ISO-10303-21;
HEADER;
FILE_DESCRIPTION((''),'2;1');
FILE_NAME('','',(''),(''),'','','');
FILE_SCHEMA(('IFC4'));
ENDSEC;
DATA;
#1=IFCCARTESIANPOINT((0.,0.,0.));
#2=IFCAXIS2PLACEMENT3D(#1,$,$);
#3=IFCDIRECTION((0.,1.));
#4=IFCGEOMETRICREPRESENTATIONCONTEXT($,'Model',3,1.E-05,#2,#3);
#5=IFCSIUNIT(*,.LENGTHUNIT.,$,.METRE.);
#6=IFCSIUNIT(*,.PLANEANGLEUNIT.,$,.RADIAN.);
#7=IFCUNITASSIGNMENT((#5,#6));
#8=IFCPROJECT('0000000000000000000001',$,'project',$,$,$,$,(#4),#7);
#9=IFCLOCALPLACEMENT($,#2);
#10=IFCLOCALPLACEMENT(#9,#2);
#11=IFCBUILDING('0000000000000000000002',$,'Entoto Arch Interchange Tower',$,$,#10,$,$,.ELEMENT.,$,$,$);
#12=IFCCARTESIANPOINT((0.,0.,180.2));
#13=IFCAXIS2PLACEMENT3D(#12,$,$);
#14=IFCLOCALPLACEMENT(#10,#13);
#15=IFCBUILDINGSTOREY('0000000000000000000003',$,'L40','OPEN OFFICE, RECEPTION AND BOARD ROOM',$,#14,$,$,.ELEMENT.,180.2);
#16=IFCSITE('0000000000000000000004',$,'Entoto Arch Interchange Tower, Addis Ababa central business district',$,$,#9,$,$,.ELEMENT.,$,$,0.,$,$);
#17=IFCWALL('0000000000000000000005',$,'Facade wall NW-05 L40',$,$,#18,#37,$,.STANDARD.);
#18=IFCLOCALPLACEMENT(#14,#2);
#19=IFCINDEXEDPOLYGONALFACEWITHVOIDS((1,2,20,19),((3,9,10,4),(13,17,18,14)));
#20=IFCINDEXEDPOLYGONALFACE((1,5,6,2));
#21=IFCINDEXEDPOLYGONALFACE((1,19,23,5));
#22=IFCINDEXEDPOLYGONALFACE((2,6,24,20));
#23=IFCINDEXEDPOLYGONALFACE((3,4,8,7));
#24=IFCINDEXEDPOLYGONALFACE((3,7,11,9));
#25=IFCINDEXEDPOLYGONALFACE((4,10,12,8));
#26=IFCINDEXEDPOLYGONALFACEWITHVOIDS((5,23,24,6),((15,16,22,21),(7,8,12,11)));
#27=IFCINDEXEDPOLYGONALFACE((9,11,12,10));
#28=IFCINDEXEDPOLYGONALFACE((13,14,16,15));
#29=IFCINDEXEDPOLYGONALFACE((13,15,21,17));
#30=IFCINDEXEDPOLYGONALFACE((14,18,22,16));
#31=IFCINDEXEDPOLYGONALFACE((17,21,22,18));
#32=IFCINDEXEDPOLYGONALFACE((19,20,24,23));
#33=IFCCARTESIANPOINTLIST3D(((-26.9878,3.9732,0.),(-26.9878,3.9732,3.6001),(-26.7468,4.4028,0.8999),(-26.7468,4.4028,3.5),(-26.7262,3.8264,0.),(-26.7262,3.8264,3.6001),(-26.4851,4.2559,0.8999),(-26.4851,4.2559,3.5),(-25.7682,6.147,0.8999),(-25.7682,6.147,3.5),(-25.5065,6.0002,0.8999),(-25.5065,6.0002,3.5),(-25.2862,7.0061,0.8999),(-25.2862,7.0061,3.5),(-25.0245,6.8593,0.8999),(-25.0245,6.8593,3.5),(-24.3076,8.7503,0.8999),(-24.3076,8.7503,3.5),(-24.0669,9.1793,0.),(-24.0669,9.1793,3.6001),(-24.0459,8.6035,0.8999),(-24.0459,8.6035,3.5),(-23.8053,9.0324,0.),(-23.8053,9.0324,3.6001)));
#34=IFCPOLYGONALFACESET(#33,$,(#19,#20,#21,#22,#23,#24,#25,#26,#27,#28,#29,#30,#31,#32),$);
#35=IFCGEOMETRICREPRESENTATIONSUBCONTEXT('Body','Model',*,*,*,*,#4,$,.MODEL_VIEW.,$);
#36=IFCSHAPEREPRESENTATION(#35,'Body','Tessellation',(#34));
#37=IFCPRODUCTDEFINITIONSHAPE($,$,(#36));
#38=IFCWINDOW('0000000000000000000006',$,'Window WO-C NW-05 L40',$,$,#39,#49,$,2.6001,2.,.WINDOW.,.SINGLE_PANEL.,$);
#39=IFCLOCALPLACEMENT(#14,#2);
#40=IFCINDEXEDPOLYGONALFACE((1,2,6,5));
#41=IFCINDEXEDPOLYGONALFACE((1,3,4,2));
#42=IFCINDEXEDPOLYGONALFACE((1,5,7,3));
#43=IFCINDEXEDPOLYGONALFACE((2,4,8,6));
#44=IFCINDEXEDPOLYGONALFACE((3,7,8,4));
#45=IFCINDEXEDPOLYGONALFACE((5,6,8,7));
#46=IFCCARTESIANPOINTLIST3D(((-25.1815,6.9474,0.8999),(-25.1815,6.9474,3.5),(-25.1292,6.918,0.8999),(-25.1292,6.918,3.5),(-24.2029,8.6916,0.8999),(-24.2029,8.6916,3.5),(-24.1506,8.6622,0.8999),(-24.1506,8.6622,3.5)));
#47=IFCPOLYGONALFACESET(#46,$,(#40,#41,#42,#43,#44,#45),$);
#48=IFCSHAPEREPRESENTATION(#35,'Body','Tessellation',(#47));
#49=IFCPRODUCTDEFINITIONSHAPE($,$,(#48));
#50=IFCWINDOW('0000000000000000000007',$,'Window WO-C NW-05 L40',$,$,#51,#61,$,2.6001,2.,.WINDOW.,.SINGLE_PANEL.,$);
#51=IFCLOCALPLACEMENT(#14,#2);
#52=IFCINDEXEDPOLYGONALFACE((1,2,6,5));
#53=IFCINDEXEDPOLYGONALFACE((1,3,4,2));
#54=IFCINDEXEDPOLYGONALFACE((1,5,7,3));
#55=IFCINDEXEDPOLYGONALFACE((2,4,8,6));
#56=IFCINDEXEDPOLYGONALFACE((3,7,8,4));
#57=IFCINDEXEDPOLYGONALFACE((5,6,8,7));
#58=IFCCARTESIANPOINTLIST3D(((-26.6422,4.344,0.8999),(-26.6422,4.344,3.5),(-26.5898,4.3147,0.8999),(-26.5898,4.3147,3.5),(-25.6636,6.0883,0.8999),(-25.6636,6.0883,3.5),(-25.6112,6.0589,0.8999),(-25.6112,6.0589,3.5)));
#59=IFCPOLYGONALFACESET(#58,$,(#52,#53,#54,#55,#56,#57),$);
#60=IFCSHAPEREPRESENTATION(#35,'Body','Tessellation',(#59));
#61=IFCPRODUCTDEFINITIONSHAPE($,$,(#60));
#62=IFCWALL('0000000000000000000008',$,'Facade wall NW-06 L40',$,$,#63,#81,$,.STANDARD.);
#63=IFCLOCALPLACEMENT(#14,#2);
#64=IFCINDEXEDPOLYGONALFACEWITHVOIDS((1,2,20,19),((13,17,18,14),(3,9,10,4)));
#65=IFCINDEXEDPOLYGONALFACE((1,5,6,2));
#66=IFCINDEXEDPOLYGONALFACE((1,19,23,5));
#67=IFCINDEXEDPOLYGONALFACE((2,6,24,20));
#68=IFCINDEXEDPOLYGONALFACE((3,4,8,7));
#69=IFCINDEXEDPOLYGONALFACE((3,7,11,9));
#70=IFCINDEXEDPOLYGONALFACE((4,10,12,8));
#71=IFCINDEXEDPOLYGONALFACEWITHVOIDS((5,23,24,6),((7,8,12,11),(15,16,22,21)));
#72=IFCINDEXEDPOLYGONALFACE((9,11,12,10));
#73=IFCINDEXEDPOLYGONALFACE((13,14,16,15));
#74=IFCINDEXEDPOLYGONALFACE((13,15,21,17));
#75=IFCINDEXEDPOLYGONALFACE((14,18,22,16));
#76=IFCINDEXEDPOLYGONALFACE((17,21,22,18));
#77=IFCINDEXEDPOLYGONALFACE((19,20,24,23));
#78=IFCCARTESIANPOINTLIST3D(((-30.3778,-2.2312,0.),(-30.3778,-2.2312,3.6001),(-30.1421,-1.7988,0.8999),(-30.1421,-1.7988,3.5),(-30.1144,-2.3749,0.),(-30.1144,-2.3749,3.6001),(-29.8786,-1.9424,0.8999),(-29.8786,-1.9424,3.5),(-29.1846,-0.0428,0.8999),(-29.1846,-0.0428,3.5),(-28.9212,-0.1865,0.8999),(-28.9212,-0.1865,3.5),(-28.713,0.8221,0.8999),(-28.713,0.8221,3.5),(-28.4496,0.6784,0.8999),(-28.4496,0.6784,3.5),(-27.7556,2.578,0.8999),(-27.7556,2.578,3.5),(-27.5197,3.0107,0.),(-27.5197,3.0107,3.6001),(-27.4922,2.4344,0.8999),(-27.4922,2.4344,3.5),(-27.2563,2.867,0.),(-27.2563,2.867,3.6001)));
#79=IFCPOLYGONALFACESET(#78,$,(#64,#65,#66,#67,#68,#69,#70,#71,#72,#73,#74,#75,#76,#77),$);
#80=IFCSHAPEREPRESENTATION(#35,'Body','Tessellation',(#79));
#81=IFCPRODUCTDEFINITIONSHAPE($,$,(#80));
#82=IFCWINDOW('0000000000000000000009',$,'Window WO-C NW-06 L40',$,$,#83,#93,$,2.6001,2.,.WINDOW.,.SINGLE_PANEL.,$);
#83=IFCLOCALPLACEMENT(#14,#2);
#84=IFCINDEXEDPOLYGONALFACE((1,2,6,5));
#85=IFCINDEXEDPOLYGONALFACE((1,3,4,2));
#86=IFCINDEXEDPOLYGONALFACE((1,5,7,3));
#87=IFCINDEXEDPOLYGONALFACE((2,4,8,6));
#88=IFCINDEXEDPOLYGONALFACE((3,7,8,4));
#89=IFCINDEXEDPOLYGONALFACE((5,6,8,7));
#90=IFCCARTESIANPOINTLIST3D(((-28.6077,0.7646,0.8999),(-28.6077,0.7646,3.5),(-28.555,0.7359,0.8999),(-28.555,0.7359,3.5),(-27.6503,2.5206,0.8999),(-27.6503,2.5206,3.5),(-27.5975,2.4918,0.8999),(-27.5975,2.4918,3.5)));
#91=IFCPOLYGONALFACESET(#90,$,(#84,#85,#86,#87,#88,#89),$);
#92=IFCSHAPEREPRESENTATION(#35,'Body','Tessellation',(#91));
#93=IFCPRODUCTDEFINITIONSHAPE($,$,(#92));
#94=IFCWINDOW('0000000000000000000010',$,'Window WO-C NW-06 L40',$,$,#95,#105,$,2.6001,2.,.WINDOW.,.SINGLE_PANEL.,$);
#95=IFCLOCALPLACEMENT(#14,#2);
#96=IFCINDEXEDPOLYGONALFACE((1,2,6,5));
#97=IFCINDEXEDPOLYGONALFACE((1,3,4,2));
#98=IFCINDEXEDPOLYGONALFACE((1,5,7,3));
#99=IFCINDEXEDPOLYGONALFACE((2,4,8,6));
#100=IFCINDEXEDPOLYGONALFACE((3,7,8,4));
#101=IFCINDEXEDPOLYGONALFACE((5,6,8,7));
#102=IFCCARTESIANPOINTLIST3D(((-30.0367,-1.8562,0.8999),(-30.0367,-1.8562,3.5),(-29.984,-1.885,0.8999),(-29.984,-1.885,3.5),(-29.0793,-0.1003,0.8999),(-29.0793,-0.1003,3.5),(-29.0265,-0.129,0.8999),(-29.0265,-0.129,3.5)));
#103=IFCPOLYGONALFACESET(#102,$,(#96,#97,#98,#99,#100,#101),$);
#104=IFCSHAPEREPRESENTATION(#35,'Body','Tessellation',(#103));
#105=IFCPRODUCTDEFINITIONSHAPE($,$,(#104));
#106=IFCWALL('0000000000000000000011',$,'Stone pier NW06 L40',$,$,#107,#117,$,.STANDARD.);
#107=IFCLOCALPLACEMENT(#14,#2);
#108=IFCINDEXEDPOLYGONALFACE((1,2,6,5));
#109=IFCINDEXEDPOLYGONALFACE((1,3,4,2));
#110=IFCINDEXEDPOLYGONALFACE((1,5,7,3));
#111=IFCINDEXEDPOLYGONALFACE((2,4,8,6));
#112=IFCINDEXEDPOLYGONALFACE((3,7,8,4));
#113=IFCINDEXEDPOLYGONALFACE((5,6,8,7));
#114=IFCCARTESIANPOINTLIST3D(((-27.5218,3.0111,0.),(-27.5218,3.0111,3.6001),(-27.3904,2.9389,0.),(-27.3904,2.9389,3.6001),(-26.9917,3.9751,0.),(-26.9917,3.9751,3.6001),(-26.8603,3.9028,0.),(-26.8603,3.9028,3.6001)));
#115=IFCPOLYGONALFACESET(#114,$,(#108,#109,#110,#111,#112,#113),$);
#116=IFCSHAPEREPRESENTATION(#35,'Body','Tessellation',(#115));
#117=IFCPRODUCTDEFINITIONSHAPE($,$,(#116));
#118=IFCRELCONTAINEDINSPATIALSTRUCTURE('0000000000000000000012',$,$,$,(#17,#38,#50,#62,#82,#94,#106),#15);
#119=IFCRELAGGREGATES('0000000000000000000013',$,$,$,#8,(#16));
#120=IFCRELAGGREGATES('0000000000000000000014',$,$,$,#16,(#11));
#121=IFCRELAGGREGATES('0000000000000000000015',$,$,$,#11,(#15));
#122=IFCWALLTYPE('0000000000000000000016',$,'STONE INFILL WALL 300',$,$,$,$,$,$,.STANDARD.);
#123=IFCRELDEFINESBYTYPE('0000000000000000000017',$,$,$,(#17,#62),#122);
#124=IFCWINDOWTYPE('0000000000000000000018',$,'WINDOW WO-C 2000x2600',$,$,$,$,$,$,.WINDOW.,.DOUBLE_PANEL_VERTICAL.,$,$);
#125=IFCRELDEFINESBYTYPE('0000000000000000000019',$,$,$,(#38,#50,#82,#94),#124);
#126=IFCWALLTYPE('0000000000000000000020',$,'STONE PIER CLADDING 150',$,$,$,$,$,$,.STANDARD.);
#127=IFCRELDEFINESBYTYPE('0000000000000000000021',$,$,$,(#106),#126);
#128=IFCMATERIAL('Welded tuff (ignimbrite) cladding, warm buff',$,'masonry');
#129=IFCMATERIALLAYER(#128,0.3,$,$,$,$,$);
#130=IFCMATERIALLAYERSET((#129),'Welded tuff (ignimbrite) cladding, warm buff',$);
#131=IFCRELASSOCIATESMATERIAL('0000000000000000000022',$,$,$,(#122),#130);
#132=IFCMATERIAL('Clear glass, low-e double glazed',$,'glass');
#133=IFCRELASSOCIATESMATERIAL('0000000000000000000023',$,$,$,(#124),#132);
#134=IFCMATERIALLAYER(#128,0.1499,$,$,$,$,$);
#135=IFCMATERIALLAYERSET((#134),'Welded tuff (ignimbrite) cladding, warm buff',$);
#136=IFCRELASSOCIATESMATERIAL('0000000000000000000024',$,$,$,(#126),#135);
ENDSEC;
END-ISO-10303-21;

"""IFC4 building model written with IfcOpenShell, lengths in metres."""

from ifc_helpers import new_model, si_unit, direction, frame, frame_2d, origin, place, context, subcontext, project, spatial, rectangle, extrude, material, layer, layer_set, type_object, element, fill, save


model = new_model("IFC4")

# Units and contexts
model_context = context("Model", 3, precision=1e-05, world=origin(), true_north=direction((0.0, 1.0)))
body_context = subcontext(model_context, "Body", "Model", "MODEL_VIEW")
ifc_project = project(units=[si_unit("LENGTHUNIT", "METRE"), si_unit("PLANEANGLEUNIT", "RADIAN")], contexts=[model_context])

# Site, building, storey
site_placement = place(None, origin())
site = spatial("IfcSite", under=ifc_project, at=site_placement, Name="Entoto Arch Interchange Tower, Addis Ababa central business district", CompositionType="ELEMENT", RefElevation=0.0)
building_placement = place(site_placement, origin())
building = spatial("IfcBuilding", under=site, at=building_placement, Name="Entoto Arch Interchange Tower", CompositionType="ELEMENT")
storey_placement = place(building_placement, frame((0.0, 0.0, 180.2)))
storey = spatial("IfcBuildingStorey", under=building, at=storey_placement, Name="L40", Description="OPEN OFFICE, RECEPTION AND BOARD ROOM", CompositionType="ELEMENT", Elevation=180.2)

# Walls, openings, windows
ifc_material_1 = material(Name="Welded tuff (ignimbrite) cladding, warm buff", Category="masonry")
ifc_layer_1 = layer(ifc_material_1, 0.3)
ifc_layer_set_1 = layer_set([ifc_layer_1], Name="Welded tuff (ignimbrite) cladding, warm buff")
wall_type_1 = type_object("IfcWallType", Name="STONE INFILL WALL 300", PredefinedType="STANDARD", material=ifc_layer_set_1)
wall_1_placement = place(storey_placement, frame((-23.936, 9.106, 0.0), z_axis=(0.0, 0.0, 1.0), x_axis=(-0.489306, -0.872112, 0.0)))
wall_1 = element("IfcWall", 1, at=wall_1_placement, inside=storey, type_object=wall_type_1, Name="Facade wall NW-05 L40", PredefinedType="STANDARD", context=body_context, shape_type="SweptSolid", body=[
    extrude(rectangle(XDim=5.9695, YDim=0.3, at=frame_2d((2.9849, 0.0))), origin(), (0.0, 0.0, 1.0), 3.6001),
])
opening_1_placement = place(wall_1_placement, frame((0.4919, 0.0, 0.8999)))
opening_1 = element("IfcOpeningElement", 2, at=opening_1_placement, cuts=wall_1, PredefinedType="OPENING", context=body_context, shape_type="SweptSolid", body=[
    extrude(rectangle(XDim=2.0, YDim=2.6001, at=frame_2d((1.0, 1.3))), frame((0.0, 0.1602, 0.0), z_axis=(0.0, -1.0, 0.0), x_axis=(1.0, 0.0, 0.0)), (0.0, 0.0, 1.0), 0.3201),
])
opening_2_placement = place(wall_1_placement, frame((3.4771, 0.0, 0.8999)))
opening_2 = element("IfcOpeningElement", 3, at=opening_2_placement, cuts=wall_1, PredefinedType="OPENING", context=body_context, shape_type="SweptSolid", body=[
    extrude(rectangle(XDim=2.0, YDim=2.6001, at=frame_2d((1.0, 1.3))), frame((0.0, 0.1602, 0.0), z_axis=(0.0, -1.0, 0.0), x_axis=(1.0, 0.0, 0.0)), (0.0, 0.0, 1.0), 0.3201),
])
ifc_material_2 = material(Name="Clear glass, low-e double glazed", Category="glass")
window_type = type_object("IfcWindowType", Name="WINDOW WO-C 2000x2600", PartitioningType="DOUBLE_PANEL_VERTICAL", PredefinedType="WINDOW", material=ifc_material_2)
window_1_placement = place(opening_1_placement, origin())
window_1 = element("IfcWindow", 4, at=window_1_placement, inside=storey, type_object=window_type, Name="Window WO-C NW-05 L40", OverallHeight=2.6001, OverallWidth=2.0, PartitioningType="SINGLE_PANEL", PredefinedType="WINDOW", context=body_context, shape_type="SweptSolid", body=[
    extrude(rectangle(XDim=2.0, YDim=2.6001, at=frame_2d((1.0, 1.3))), frame((0.0, 0.03, 0.0), z_axis=(0.0, -1.0, 0.0), x_axis=(1.0, 0.0, 0.0)), (0.0, 0.0, 1.0), 0.0601),
])
fill(opening_1, window_1)
window_2_placement = place(opening_2_placement, origin())
window_2 = element("IfcWindow", 5, at=window_2_placement, inside=storey, type_object=window_type, Name="Window WO-C NW-05 L40", OverallHeight=2.6001, OverallWidth=2.0, PartitioningType="SINGLE_PANEL", PredefinedType="WINDOW", context=body_context, shape_type="SweptSolid", body=[
    extrude(rectangle(XDim=2.0, YDim=2.6001, at=frame_2d((1.0, 1.3))), frame((0.0, 0.03, 0.0), z_axis=(0.0, -1.0, 0.0), x_axis=(1.0, 0.0, 0.0)), (0.0, 0.0, 1.0), 0.0601),
])
fill(opening_2, window_2)
wall_2_placement = place(storey_placement, frame((-27.3879, 2.939, 0.0), z_axis=(0.0, 0.0, 1.0), x_axis=(-0.478712, -0.877972, 0.0)))
wall_2 = element("IfcWall", 6, at=wall_2_placement, inside=storey, type_object=wall_type_1, Name="Facade wall NW-06 L40", PredefinedType="STANDARD", context=body_context, shape_type="SweptSolid", body=[
    extrude(rectangle(XDim=5.9705, YDim=0.3, at=frame_2d((2.9854, 0.0))), origin(), (0.0, 0.0, 1.0), 3.6001),
])
opening_3_placement = place(wall_2_placement, frame((0.4929, 0.0, 0.8999)))
opening_3 = element("IfcOpeningElement", 7, at=opening_3_placement, cuts=wall_2, PredefinedType="OPENING", context=body_context, shape_type="SweptSolid", body=[
    extrude(rectangle(XDim=2.0, YDim=2.6001, at=frame_2d((1.0, 1.3))), frame((0.0, 0.1602, 0.0), z_axis=(0.0, -1.0, 0.0), x_axis=(1.0, 0.0, 0.0)), (0.0, 0.0, 1.0), 0.3201),
])
opening_4_placement = place(wall_2_placement, frame((3.478, 0.0, 0.8999)))
opening_4 = element("IfcOpeningElement", 8, at=opening_4_placement, cuts=wall_2, PredefinedType="OPENING", context=body_context, shape_type="SweptSolid", body=[
    extrude(rectangle(XDim=2.0, YDim=2.6001, at=frame_2d((1.0, 1.3))), frame((0.0, 0.1602, 0.0), z_axis=(0.0, -1.0, 0.0), x_axis=(1.0, 0.0, 0.0)), (0.0, 0.0, 1.0), 0.3201),
])
window_3_placement = place(opening_3_placement, origin())
window_3 = element("IfcWindow", 9, at=window_3_placement, inside=storey, type_object=window_type, Name="Window WO-C NW-06 L40", OverallHeight=2.6001, OverallWidth=2.0, PartitioningType="SINGLE_PANEL", PredefinedType="WINDOW", context=body_context, shape_type="SweptSolid", body=[
    extrude(rectangle(XDim=2.0, YDim=2.6001, at=frame_2d((1.0, 1.3))), frame((0.0, 0.03, 0.0), z_axis=(0.0, -1.0, 0.0), x_axis=(1.0, 0.0, 0.0)), (0.0, 0.0, 1.0), 0.0601),
])
fill(opening_3, window_3)
window_4_placement = place(opening_4_placement, origin())
window_4 = element("IfcWindow", 10, at=window_4_placement, inside=storey, type_object=window_type, Name="Window WO-C NW-06 L40", OverallHeight=2.6001, OverallWidth=2.0, PartitioningType="SINGLE_PANEL", PredefinedType="WINDOW", context=body_context, shape_type="SweptSolid", body=[
    extrude(rectangle(XDim=2.0, YDim=2.6001, at=frame_2d((1.0, 1.3))), frame((0.0, 0.03, 0.0), z_axis=(0.0, -1.0, 0.0), x_axis=(1.0, 0.0, 0.0)), (0.0, 0.0, 1.0), 0.0601),
])
fill(opening_4, window_4)

# Wall
ifc_layer_2 = layer(ifc_material_1, 0.1499)
ifc_layer_set_2 = layer_set([ifc_layer_2], Name="Welded tuff (ignimbrite) cladding, warm buff")
wall_type_2 = type_object("IfcWallType", Name="STONE PIER CLADDING 150", PredefinedType="STANDARD", material=ifc_layer_set_2)
wall_3_placement = place(storey_placement, frame((-26.926, 3.939, 0.0), z_axis=(0.0, 0.0, 1.0), x_axis=(-0.481851, -0.876253, 0.0)))
element("IfcWall", 11, at=wall_3_placement, inside=storey, type_object=wall_type_2, Name="Stone pier NW06 L40", PredefinedType="STANDARD", context=body_context, shape_type="SweptSolid", body=[
    extrude(rectangle(XDim=1.1001, YDim=0.1499, at=frame_2d((0.55, 0.0))), origin(), (0.0, 0.0, 1.0), 3.6001),
])

save(model, "model.ifc")
